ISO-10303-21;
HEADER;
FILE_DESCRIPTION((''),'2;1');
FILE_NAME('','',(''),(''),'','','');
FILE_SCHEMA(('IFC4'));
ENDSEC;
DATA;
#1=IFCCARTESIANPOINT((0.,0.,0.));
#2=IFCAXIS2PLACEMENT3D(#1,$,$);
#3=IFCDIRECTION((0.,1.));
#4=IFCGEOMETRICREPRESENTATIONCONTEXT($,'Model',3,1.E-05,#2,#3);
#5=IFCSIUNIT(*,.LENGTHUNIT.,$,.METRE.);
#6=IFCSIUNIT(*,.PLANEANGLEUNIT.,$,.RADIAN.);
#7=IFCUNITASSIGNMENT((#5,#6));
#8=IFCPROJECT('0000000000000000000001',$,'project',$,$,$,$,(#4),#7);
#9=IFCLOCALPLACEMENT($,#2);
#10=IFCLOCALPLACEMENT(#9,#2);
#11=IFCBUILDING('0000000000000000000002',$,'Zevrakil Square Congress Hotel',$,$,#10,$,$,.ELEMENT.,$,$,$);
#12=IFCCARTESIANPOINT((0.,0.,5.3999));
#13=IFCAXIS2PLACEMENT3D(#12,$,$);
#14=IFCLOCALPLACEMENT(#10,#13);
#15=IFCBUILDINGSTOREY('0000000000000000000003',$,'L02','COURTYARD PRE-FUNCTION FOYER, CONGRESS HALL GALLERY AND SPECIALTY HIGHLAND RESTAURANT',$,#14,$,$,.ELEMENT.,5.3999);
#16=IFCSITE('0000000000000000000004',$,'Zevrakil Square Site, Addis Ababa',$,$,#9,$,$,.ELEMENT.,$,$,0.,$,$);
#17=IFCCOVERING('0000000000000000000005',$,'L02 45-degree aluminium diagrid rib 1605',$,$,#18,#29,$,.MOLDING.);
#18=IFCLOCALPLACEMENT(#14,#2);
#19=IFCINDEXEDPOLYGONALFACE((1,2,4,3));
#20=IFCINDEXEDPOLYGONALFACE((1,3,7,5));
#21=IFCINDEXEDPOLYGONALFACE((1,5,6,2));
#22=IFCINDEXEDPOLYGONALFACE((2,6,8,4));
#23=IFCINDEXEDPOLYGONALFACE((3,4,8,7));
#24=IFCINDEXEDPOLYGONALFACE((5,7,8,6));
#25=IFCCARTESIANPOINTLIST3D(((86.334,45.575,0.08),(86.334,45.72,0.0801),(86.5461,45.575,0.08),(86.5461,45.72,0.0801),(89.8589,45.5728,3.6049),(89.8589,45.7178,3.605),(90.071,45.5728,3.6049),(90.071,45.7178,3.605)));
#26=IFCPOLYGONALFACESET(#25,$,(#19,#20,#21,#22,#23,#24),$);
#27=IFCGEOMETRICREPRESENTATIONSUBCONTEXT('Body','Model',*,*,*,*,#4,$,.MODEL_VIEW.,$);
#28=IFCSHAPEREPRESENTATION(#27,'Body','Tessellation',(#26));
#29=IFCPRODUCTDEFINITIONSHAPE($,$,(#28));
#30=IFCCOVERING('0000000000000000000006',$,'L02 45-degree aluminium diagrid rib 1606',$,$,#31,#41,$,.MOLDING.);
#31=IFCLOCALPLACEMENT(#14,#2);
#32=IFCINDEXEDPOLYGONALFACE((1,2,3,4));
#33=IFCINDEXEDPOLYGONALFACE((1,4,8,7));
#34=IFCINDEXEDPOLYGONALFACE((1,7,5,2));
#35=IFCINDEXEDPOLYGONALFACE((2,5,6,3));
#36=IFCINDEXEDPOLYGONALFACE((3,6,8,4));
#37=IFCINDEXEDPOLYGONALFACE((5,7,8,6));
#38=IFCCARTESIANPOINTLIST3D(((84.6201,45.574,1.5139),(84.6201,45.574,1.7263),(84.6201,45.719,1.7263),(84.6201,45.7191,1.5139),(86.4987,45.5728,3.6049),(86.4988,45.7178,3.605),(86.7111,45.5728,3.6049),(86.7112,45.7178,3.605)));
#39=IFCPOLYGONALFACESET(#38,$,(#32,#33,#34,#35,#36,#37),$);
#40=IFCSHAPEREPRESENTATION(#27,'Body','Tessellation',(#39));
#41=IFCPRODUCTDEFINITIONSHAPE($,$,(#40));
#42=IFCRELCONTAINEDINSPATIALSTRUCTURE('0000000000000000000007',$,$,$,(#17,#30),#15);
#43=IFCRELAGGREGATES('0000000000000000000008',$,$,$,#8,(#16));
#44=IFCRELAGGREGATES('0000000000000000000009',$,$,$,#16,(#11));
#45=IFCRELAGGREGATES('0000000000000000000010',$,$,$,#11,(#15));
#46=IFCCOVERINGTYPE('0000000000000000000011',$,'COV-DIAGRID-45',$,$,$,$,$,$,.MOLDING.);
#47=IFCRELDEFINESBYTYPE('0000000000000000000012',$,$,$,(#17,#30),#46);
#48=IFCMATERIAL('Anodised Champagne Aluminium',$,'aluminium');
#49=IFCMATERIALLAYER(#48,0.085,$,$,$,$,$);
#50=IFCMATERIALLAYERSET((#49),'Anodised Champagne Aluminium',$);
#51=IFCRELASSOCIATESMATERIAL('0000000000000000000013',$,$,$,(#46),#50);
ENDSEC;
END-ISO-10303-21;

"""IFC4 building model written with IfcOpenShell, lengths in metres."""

from ifc_helpers import new_model, si_unit, direction, frame, origin, place, context, subcontext, project, spatial, polyline, outline, extrude, material, layer, layer_set, type_object, element, save


model = new_model("IFC4")

# Units and contexts
model_context = context("Model", 3, precision=1e-05, world=origin(), true_north=direction((0.0, 1.0)))
body_context = subcontext(model_context, "Body", "Model", "MODEL_VIEW")
ifc_project = project(units=[si_unit("LENGTHUNIT", "METRE"), si_unit("PLANEANGLEUNIT", "RADIAN")], contexts=[model_context])

# Site, building, storey
site_placement = place(None, origin())
site = spatial("IfcSite", under=ifc_project, at=site_placement, Name="Zevrakil Square Site, Addis Ababa", CompositionType="ELEMENT", RefElevation=0.0)
building_placement = place(site_placement, origin())
building = spatial("IfcBuilding", under=site, at=building_placement, Name="Zevrakil Square Congress Hotel", CompositionType="ELEMENT")
storey_placement = place(building_placement, frame((0.0, 0.0, 5.3999)))
storey = spatial("IfcBuildingStorey", under=building, at=storey_placement, Name="L02", Description="COURTYARD PRE-FUNCTION FOYER, CONGRESS HALL GALLERY AND SPECIALTY HIGHLAND RESTAURANT", CompositionType="ELEMENT", Elevation=5.3999)

# Coverings
ifc_material_1 = material(Name="Anodised Champagne Aluminium", Category="aluminium")
ifc_layer_1 = layer(ifc_material_1, 0.085)
ifc_layer_set_1 = layer_set([ifc_layer_1], Name="Anodised Champagne Aluminium")
covering_type_1 = type_object("IfcCoveringType", Name="COV-DIAGRID-45", PredefinedType="MOLDING", material=ifc_layer_set_1)
covering_1_placement = place(storey_placement, frame((90.071, 45.7178, 3.605), z_axis=(0.0, 1.0, 0.000623), x_axis=(-1.0, 0.0, 0.0)))
element("IfcCovering", 1, at=covering_1_placement, inside=storey, type_object=covering_type_1, Name="L02 45-degree aluminium diagrid rib 1605", PredefinedType="MOLDING", context=body_context, shape_type="SweptSolid", body=[
    extrude(outline(polyline([(0.0, 0.0), (0.2122, 0.0), (3.7371, -3.5249), (3.5249, -3.5249), (0.0, 0.0)])), origin(), (0.0, 0.0, -1.0), 0.145),
])
covering_2_placement = place(storey_placement, frame((86.7112, 45.7178, 3.605), z_axis=(0.000308, 1.0, 0.000308), x_axis=(-1.0, 0.000308, 0.0)))
element("IfcCovering", 2, at=covering_2_placement, inside=storey, type_object=covering_type_1, Name="L02 45-degree aluminium diagrid rib 1606", PredefinedType="MOLDING", context=body_context, shape_type="SweptSolid", body=[
    extrude(outline(polyline([(0.0, 0.0), (0.2124, 0.0), (2.0911, -1.8787), (2.0911, -2.0911), (0.0, 0.0)])), origin(), (0.0, 0.0, -1.0), 0.145),
])

save(model, "model.ifc")
